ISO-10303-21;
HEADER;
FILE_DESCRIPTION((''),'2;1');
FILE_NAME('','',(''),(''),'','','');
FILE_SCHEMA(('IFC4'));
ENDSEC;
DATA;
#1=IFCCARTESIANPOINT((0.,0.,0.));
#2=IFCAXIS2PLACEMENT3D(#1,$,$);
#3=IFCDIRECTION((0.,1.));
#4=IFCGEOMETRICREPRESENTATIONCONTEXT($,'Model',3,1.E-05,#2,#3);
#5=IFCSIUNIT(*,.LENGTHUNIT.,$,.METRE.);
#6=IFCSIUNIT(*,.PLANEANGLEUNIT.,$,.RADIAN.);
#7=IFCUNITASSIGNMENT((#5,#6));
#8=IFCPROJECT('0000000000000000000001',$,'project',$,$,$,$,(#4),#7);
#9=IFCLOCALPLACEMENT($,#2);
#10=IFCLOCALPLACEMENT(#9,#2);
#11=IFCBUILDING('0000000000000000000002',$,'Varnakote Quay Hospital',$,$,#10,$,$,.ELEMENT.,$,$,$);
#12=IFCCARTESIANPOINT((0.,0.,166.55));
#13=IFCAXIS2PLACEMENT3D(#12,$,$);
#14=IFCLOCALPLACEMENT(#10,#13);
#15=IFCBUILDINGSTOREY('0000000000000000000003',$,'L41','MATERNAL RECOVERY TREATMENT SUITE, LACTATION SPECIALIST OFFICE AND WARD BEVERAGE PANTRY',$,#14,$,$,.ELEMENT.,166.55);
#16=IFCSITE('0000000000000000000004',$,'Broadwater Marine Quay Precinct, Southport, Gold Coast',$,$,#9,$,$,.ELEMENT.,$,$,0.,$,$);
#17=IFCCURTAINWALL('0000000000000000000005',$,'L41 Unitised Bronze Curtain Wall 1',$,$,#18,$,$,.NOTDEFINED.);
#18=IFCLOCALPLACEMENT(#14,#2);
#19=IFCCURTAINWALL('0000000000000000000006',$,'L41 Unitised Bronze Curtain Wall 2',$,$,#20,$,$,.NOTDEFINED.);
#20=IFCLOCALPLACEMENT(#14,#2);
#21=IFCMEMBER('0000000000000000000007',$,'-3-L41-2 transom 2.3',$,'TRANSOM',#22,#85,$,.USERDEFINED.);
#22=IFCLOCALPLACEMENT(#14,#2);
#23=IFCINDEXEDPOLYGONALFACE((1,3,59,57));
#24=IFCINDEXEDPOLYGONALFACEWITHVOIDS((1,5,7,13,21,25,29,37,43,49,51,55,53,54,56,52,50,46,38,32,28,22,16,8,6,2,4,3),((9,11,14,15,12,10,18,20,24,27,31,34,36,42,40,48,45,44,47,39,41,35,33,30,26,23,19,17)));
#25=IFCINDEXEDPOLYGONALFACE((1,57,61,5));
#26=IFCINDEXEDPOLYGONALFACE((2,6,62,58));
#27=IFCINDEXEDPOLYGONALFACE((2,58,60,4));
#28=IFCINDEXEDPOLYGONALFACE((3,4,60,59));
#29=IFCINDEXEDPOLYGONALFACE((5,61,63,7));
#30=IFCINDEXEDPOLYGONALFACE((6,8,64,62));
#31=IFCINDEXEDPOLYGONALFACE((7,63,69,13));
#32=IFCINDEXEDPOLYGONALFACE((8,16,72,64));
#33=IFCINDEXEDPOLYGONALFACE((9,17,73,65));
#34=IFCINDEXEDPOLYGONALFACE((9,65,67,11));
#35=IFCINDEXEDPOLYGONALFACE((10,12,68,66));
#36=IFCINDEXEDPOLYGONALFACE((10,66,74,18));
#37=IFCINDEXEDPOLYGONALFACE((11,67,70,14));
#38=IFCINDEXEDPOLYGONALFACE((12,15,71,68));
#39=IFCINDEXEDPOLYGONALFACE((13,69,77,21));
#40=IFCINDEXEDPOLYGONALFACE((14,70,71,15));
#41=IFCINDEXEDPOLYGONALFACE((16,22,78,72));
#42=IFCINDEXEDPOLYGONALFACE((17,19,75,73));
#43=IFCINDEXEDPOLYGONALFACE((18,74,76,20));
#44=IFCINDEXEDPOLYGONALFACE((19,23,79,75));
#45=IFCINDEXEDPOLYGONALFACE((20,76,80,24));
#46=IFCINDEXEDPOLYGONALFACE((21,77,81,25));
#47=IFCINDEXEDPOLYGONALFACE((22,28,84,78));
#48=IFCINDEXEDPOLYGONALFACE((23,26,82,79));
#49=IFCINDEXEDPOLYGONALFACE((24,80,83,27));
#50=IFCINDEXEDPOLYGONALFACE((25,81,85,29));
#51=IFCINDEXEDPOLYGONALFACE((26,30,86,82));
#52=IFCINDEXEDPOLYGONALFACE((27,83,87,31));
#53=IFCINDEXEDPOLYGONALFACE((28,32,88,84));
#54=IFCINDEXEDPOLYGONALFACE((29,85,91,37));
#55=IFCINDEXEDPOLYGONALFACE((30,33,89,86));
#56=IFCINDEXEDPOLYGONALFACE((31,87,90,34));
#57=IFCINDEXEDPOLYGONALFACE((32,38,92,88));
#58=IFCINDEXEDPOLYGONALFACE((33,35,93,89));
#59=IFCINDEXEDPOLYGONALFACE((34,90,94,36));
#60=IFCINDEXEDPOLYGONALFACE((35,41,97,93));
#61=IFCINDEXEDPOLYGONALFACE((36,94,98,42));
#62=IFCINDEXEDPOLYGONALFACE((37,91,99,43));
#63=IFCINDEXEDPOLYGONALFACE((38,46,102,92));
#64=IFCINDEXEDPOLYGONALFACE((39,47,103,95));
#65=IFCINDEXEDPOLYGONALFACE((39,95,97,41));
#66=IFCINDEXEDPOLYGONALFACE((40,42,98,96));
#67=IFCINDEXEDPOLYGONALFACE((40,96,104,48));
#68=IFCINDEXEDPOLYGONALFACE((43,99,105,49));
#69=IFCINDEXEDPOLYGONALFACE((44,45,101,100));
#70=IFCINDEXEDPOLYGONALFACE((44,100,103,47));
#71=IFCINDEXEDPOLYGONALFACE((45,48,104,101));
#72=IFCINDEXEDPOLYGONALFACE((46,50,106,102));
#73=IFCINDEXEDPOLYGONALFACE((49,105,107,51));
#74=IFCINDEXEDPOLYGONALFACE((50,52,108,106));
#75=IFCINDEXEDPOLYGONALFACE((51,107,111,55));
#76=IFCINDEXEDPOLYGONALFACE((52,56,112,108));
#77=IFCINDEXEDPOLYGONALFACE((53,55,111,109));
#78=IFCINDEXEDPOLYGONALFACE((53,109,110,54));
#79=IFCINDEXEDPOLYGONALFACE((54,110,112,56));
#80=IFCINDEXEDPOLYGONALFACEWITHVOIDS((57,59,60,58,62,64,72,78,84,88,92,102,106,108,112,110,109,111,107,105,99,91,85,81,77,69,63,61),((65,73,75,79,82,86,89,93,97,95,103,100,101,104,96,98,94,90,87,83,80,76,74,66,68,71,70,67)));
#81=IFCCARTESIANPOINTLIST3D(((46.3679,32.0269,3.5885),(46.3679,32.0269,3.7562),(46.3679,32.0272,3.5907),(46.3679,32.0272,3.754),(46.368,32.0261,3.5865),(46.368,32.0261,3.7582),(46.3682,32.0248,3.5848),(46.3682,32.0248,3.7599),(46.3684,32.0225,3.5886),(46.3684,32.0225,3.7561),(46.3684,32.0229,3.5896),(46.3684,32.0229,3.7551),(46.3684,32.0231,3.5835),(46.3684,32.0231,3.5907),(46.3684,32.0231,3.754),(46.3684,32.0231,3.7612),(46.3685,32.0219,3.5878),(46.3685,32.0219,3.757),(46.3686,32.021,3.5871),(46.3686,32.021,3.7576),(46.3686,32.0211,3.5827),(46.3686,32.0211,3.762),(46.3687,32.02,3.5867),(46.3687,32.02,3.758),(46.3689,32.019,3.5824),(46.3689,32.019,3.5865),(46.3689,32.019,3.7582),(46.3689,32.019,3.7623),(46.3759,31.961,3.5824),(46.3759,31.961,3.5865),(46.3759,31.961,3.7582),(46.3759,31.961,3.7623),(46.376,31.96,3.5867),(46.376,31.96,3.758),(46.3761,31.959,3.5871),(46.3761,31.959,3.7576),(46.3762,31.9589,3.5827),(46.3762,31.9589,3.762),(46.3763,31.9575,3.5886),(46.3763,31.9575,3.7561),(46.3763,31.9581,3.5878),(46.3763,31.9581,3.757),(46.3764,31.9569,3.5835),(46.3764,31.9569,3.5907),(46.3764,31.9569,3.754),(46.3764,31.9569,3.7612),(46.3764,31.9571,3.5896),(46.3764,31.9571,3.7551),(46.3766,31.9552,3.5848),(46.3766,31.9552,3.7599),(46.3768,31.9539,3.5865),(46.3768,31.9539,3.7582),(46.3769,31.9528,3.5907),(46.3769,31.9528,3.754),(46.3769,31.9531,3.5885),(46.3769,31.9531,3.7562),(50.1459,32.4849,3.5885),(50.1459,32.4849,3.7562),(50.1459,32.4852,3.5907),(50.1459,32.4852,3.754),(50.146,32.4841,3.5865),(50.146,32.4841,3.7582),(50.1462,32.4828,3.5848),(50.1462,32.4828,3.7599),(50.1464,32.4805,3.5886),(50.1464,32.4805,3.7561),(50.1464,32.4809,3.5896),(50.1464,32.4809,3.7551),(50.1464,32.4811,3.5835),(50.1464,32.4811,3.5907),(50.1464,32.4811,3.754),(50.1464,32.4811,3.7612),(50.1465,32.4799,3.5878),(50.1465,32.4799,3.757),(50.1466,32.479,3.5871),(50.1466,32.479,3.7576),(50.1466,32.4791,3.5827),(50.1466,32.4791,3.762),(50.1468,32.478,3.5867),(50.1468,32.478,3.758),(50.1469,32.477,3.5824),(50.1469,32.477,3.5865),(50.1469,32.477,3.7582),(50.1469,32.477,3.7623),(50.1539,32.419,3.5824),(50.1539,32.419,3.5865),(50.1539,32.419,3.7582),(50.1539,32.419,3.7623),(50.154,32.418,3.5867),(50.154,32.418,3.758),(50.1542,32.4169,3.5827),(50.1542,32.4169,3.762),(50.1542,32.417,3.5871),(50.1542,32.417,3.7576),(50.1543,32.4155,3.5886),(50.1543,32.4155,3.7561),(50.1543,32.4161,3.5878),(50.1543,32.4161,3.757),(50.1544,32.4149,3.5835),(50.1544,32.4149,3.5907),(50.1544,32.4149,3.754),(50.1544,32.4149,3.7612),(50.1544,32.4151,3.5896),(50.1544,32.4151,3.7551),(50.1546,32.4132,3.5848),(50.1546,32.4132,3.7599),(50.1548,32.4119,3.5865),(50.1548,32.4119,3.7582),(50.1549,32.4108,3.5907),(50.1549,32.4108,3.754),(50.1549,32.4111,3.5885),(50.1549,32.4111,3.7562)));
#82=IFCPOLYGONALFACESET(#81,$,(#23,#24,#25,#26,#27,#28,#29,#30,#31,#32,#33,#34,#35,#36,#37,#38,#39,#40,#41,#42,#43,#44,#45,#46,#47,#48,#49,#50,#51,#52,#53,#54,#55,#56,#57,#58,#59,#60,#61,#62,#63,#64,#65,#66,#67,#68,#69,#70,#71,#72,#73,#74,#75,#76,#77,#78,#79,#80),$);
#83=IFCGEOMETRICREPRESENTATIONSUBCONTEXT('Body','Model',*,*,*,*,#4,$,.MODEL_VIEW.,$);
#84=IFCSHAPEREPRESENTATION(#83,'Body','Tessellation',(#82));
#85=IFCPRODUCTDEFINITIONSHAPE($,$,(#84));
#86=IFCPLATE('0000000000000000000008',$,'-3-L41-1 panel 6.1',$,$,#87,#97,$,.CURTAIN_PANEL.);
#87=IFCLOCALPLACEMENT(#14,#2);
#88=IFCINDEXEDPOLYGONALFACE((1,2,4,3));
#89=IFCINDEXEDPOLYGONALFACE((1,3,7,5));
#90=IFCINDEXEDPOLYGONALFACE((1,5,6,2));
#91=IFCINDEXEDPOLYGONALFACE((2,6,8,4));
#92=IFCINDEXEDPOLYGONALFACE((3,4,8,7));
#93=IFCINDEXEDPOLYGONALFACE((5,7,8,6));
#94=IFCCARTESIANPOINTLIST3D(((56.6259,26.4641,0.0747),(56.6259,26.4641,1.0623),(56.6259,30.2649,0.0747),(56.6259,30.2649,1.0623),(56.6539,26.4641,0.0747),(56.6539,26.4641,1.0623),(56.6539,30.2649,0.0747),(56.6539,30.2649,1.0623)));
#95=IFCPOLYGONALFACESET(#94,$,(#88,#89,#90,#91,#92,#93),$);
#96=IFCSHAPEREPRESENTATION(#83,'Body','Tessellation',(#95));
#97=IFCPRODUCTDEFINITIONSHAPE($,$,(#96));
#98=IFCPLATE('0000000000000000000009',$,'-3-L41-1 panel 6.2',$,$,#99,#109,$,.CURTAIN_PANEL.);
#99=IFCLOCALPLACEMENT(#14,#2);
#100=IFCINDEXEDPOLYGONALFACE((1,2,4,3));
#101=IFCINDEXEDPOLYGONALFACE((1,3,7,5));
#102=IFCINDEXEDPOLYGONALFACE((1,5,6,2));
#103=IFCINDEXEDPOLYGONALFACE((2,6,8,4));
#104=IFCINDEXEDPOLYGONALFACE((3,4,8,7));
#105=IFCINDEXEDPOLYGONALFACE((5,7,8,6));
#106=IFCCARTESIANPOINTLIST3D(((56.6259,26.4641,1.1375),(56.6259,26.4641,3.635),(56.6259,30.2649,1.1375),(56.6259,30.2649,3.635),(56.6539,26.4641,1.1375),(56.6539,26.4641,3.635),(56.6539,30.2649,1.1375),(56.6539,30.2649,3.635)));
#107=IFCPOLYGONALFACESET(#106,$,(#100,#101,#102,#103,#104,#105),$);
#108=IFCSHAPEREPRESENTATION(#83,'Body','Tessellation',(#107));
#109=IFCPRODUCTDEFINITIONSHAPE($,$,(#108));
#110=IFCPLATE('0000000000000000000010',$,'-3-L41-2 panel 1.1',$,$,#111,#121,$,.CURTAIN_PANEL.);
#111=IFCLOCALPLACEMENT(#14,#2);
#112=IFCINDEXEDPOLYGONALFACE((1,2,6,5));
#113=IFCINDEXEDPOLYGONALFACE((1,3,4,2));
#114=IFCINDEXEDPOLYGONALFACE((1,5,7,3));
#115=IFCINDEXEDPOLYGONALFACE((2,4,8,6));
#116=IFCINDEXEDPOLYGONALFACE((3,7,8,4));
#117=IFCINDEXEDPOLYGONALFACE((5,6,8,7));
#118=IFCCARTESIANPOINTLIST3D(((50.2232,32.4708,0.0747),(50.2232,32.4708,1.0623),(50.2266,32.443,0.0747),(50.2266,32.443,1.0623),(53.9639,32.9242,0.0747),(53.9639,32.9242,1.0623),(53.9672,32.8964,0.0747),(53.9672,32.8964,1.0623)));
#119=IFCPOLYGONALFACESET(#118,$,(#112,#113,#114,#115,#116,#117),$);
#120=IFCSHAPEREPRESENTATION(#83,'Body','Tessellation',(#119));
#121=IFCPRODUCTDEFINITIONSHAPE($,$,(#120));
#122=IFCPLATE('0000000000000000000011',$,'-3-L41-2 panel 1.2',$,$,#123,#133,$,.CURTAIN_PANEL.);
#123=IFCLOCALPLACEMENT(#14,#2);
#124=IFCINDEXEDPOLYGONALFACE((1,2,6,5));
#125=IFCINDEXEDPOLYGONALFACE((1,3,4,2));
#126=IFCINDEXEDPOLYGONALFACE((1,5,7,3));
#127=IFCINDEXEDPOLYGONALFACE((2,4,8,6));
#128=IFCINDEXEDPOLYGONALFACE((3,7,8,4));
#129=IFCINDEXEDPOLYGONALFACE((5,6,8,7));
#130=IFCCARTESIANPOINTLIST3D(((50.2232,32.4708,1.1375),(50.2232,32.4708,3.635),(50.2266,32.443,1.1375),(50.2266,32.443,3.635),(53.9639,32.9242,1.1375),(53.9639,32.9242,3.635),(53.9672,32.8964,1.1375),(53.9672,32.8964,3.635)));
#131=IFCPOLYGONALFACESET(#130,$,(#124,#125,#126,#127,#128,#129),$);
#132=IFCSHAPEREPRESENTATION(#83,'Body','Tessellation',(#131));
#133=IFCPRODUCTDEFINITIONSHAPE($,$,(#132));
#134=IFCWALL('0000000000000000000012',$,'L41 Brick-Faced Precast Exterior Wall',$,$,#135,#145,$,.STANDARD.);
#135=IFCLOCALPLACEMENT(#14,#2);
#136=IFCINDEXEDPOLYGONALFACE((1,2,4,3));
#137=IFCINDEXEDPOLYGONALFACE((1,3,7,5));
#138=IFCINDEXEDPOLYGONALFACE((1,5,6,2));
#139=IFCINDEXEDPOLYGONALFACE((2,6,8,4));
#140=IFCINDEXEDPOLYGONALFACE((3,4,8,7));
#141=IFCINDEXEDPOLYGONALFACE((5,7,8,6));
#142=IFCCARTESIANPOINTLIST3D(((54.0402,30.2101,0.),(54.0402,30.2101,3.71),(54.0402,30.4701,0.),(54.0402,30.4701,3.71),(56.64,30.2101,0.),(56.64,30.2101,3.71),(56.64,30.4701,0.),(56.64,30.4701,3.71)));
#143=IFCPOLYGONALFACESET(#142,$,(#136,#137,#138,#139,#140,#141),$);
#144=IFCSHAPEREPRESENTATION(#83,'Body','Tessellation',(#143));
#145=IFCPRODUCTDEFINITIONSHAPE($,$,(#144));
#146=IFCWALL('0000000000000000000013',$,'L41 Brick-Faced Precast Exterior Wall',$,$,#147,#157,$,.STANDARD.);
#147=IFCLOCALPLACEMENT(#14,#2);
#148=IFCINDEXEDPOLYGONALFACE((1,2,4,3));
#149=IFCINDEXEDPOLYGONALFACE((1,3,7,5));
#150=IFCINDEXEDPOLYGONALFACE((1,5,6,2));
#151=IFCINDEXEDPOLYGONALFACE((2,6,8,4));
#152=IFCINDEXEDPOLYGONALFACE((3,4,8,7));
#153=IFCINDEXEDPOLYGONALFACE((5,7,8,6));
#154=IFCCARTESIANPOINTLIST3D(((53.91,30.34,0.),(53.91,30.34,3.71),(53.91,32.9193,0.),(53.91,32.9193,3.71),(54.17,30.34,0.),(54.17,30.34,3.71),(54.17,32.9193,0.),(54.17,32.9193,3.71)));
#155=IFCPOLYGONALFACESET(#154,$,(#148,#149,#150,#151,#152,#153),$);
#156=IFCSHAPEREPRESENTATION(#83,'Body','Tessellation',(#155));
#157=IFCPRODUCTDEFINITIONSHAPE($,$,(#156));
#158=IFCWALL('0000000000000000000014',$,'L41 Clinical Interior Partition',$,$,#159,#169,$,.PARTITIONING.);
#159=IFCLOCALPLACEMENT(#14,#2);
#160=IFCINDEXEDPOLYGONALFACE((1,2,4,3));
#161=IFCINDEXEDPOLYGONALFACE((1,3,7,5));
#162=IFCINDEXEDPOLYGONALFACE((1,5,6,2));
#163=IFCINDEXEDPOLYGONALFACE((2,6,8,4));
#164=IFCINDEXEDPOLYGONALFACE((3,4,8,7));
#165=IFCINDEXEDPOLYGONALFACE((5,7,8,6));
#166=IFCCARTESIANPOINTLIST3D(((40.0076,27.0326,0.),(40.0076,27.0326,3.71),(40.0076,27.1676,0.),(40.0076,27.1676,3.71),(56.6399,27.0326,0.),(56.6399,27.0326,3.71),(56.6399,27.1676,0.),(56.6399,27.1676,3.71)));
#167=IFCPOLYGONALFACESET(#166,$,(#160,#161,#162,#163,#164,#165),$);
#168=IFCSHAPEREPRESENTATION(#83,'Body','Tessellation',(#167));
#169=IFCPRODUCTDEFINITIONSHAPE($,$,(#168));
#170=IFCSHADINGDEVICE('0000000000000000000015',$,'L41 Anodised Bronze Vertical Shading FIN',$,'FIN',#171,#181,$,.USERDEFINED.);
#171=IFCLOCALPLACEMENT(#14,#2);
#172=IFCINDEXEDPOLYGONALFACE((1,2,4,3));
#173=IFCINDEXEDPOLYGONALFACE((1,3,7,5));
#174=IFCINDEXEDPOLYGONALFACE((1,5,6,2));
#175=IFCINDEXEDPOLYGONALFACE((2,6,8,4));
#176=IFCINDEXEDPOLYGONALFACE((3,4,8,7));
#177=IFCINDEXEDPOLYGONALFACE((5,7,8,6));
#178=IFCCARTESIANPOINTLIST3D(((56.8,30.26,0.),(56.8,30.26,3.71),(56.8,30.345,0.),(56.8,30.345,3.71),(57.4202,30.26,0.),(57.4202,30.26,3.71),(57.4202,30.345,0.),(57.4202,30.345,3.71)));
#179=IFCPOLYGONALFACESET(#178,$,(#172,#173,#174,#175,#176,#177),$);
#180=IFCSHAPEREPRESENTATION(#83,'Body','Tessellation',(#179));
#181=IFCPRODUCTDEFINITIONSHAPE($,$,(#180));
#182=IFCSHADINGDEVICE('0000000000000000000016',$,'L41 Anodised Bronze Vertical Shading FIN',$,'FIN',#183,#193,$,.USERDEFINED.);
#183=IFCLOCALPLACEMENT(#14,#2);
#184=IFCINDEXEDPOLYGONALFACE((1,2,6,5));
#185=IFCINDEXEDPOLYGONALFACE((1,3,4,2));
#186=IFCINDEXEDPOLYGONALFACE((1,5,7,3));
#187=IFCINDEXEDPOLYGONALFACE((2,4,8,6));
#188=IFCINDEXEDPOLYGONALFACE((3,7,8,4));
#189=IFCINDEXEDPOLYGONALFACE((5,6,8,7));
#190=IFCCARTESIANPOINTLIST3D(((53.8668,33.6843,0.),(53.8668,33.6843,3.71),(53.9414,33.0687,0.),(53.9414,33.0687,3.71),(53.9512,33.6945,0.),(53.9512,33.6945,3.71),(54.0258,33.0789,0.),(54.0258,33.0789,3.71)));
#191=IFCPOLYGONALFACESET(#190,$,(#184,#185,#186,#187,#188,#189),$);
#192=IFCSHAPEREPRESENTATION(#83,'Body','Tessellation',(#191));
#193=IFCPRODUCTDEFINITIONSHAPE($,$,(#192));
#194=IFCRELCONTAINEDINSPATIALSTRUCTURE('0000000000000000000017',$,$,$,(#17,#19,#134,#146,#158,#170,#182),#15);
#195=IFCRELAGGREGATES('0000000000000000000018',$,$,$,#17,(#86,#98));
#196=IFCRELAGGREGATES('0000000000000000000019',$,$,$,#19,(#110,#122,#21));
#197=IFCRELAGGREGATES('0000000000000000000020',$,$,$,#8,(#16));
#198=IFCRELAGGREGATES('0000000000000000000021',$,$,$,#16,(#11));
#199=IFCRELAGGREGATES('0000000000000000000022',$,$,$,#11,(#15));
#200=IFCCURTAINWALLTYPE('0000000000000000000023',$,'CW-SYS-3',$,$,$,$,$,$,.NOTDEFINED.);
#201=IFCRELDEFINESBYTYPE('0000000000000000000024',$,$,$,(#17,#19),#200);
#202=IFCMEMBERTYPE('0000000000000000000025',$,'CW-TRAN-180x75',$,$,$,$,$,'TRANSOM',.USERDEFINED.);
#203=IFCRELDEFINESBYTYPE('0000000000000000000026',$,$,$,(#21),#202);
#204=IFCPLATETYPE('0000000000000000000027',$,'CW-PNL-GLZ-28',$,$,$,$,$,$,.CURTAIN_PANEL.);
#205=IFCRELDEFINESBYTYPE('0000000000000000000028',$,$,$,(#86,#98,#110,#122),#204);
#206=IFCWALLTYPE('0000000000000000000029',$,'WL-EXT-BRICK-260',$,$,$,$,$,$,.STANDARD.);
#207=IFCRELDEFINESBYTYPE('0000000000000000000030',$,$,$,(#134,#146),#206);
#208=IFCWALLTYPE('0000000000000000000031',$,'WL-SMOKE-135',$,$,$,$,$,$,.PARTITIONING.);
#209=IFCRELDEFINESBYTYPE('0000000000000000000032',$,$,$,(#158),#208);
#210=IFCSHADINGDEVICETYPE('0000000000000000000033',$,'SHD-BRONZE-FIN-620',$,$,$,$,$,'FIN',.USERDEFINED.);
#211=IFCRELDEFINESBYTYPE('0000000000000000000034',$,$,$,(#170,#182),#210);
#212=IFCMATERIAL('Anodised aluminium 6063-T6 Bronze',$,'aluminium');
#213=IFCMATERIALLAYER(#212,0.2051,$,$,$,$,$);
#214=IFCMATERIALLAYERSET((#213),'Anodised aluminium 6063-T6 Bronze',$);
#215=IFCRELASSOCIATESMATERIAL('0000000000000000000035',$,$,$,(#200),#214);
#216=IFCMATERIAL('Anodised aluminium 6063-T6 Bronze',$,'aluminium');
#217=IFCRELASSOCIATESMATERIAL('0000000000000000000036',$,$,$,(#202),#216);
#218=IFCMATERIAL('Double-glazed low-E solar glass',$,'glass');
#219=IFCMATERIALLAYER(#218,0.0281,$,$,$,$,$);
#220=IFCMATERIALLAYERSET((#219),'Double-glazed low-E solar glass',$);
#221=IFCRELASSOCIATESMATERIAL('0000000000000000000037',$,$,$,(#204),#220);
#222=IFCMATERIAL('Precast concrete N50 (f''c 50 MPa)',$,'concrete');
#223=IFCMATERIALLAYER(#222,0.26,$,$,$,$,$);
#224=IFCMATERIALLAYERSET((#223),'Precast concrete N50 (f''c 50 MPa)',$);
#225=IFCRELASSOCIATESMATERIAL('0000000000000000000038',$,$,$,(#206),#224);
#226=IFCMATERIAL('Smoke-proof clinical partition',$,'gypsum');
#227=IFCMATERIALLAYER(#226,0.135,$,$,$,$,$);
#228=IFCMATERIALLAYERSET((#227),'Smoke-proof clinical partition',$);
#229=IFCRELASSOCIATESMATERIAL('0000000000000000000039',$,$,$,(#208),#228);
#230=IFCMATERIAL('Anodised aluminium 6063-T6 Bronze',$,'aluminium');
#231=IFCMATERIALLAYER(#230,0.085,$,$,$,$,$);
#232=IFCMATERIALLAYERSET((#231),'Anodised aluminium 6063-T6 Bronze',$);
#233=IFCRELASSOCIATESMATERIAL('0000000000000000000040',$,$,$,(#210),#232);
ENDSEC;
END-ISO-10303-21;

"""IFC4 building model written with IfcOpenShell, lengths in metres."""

from ifc_helpers import new_model, si_unit, direction, frame, frame_2d, origin, origin_2d, place, context, subcontext, project, spatial, rectangle, hollow_rectangle, extrude, material, layer, layer_set, material_profile, profile_set, type_object, element, aggregate, save


model = new_model("IFC4")

# Units and contexts
model_context = context("Model", 3, precision=1e-05, world=origin(), true_north=direction((0.0, 1.0)))
body_context = subcontext(model_context, "Body", "Model", "MODEL_VIEW")
ifc_project = project(units=[si_unit("LENGTHUNIT", "METRE"), si_unit("PLANEANGLEUNIT", "RADIAN")], contexts=[model_context])

# Site, building, storey
site_placement = place(None, origin())
site = spatial("IfcSite", under=ifc_project, at=site_placement, Name="Broadwater Marine Quay Precinct, Southport, Gold Coast", CompositionType="ELEMENT", RefElevation=0.0)
building_placement = place(site_placement, origin())
building = spatial("IfcBuilding", under=site, at=building_placement, Name="Varnakote Quay Hospital", CompositionType="ELEMENT")
storey_placement = place(building_placement, frame((0.0, 0.0, 166.55)))
storey = spatial("IfcBuildingStorey", under=building, at=storey_placement, Name="L41", Description="MATERNAL RECOVERY TREATMENT SUITE, LACTATION SPECIALIST OFFICE AND WARD BEVERAGE PANTRY", CompositionType="ELEMENT", Elevation=166.55)

# Curtain wall
ifc_material_1 = material(Name="Anodised aluminium 6063-T6 Bronze", Category="aluminium")
ifc_layer_1 = layer(ifc_material_1, 0.2051)
ifc_layer_set_1 = layer_set([ifc_layer_1], Name="Anodised aluminium 6063-T6 Bronze")
curtain_wall_type = type_object("IfcCurtainWallType", Name="CW-SYS-3", PredefinedType="NOTDEFINED", material=ifc_layer_set_1)
curtain_wall_1_placement = place(storey_placement, origin())
curtain_wall_1 = element("IfcCurtainWall", 1, at=curtain_wall_1_placement, inside=storey, type_object=curtain_wall_type, Name="L41 Unitised Bronze Curtain Wall 1", PredefinedType="NOTDEFINED")

# Curtain wall, member
curtain_wall_2_placement = place(storey_placement, origin())
curtain_wall_2 = element("IfcCurtainWall", 2, at=curtain_wall_2_placement, inside=storey, type_object=curtain_wall_type, Name="L41 Unitised Bronze Curtain Wall 2", PredefinedType="NOTDEFINED")
ifc_material_2 = material(Name="Anodised aluminium 6063-T6 Bronze", Category="aluminium")
ifc_material_profile_1 = material_profile(ifc_material_2, hollow_rectangle(XDim=0.075, YDim=0.1799, WallThickness=0.0042, InnerFilletRadius=0.0042, OuterFilletRadius=0.0083, at=origin_2d()), Name="CW-TRAN-180x75")
ifc_profile_set_1 = profile_set([ifc_material_profile_1], Name="Anodised aluminium 6063-T6 Bronze")
member_type_1 = type_object("IfcMemberType", Name="CW-TRAN-180x75", ElementType="TRANSOM", PredefinedType="USERDEFINED", material=ifc_profile_set_1)
member_1_placement = place(storey_placement, frame((50.1504, 32.448, 3.6724), z_axis=(-0.992732, -0.120347, 0.0), x_axis=(0.120347, -0.992732, 0.0)))
member_1 = element("IfcMember", 3, at=member_1_placement, type_object=member_type_1, Name="-3-L41-2 transom 2.3", ObjectType="TRANSOM", PredefinedType="USERDEFINED", context=body_context, shape_type="SweptSolid", body=[
    extrude(hollow_rectangle(XDim=0.075, YDim=0.1799, WallThickness=0.0042, InnerFilletRadius=0.0042, OuterFilletRadius=0.0083, at=origin_2d()), origin(), (0.0, 0.0, 1.0), 3.8057),
])

# Plates
ifc_material_3 = material(Name="Double-glazed low-E solar glass", Category="glass")
ifc_layer_2 = layer(ifc_material_3, 0.0281)
ifc_layer_set_2 = layer_set([ifc_layer_2], Name="Double-glazed low-E solar glass")
plate_type = type_object("IfcPlateType", Name="CW-PNL-GLZ-28", PredefinedType="CURTAIN_PANEL", material=ifc_layer_set_2)
plate_1_placement = place(storey_placement, frame((56.6399, 28.3645, 0.0747), z_axis=(0.0, 0.0, 1.0), x_axis=(0.0, 1.0, 0.0)))
plate_1 = element("IfcPlate", 4, at=plate_1_placement, type_object=plate_type, Name="-3-L41-1 panel 6.1", PredefinedType="CURTAIN_PANEL", context=body_context, shape_type="SweptSolid", body=[
    extrude(rectangle(XDim=3.8008, YDim=0.0281, at=origin_2d()), origin(), (0.0, 0.0, 1.0), 0.9875),
])
plate_2_placement = place(storey_placement, frame((56.6399, 28.3645, 1.1375), z_axis=(0.0, 0.0, 1.0), x_axis=(0.0, 1.0, 0.0)))
plate_2 = element("IfcPlate", 5, at=plate_2_placement, type_object=plate_type, Name="-3-L41-1 panel 6.2", PredefinedType="CURTAIN_PANEL", context=body_context, shape_type="SweptSolid", body=[
    extrude(rectangle(XDim=3.8008, YDim=0.0281, at=origin_2d()), origin(), (0.0, 0.0, 1.0), 2.4976),
])
aggregate(curtain_wall_1, [plate_1, plate_2])
plate_3_placement = place(storey_placement, frame((52.0952, 32.6836, 0.0747), z_axis=(0.0, 0.0, 1.0), x_axis=(-0.992734, -0.120327, 0.0)))
plate_3 = element("IfcPlate", 6, at=plate_3_placement, type_object=plate_type, Name="-3-L41-2 panel 1.1", PredefinedType="CURTAIN_PANEL", context=body_context, shape_type="SweptSolid", body=[
    extrude(rectangle(XDim=3.7681, YDim=0.0281, at=origin_2d()), origin(), (0.0, 0.0, 1.0), 0.9875),
])
plate_4_placement = place(storey_placement, frame((52.0952, 32.6836, 1.1375), z_axis=(0.0, 0.0, 1.0), x_axis=(-0.992734, -0.120327, 0.0)))
plate_4 = element("IfcPlate", 7, at=plate_4_placement, type_object=plate_type, Name="-3-L41-2 panel 1.2", PredefinedType="CURTAIN_PANEL", context=body_context, shape_type="SweptSolid", body=[
    extrude(rectangle(XDim=3.7681, YDim=0.0281, at=origin_2d()), origin(), (0.0, 0.0, 1.0), 2.4976),
])
aggregate(curtain_wall_2, [plate_3, plate_4, member_1])

# Walls
ifc_material_4 = material(Name="Precast concrete N50 (f'c 50 MPa)", Category="concrete")
ifc_layer_3 = layer(ifc_material_4, 0.26)
ifc_layer_set_3 = layer_set([ifc_layer_3], Name="Precast concrete N50 (f'c 50 MPa)")
wall_type_1 = type_object("IfcWallType", Name="WL-EXT-BRICK-260", PredefinedType="STANDARD", material=ifc_layer_set_3)
wall_1_placement = place(storey_placement, frame((56.6399, 30.3401, 0.0), z_axis=(0.0, 0.0, 1.0), x_axis=(-1.0, 0.0, 0.0)))
element("IfcWall", 8, at=wall_1_placement, inside=storey, type_object=wall_type_1, Name="L41 Brick-Faced Precast Exterior Wall", PredefinedType="STANDARD", context=body_context, shape_type="SweptSolid", body=[
    extrude(rectangle(XDim=2.5999, YDim=0.26, at=frame_2d((1.2998, 0.0))), origin(), (0.0, 0.0, 1.0), 3.71),
])
wall_2_placement = place(storey_placement, frame((54.04, 30.3401, 0.0), z_axis=(0.0, 0.0, 1.0), x_axis=(0.0, 1.0, 0.0)))
element("IfcWall", 9, at=wall_2_placement, inside=storey, type_object=wall_type_1, Name="L41 Brick-Faced Precast Exterior Wall", PredefinedType="STANDARD", context=body_context, shape_type="SweptSolid", body=[
    extrude(rectangle(XDim=2.5793, YDim=0.26, at=frame_2d((1.2896, 0.0))), origin(), (0.0, 0.0, 1.0), 3.71),
])
ifc_material_5 = material(Name="Smoke-proof clinical partition", Category="gypsum")
ifc_layer_4 = layer(ifc_material_5, 0.135)
ifc_layer_set_4 = layer_set([ifc_layer_4], Name="Smoke-proof clinical partition")
wall_type_2 = type_object("IfcWallType", Name="WL-SMOKE-135", PredefinedType="PARTITIONING", material=ifc_layer_set_4)
wall_3_placement = place(storey_placement, frame((56.6399, 27.1001, 0.0), z_axis=(0.0, 0.0, 1.0), x_axis=(-1.0, 0.0, 0.0)))
element("IfcWall", 10, at=wall_3_placement, inside=storey, type_object=wall_type_2, Name="L41 Clinical Interior Partition", PredefinedType="PARTITIONING", context=body_context, shape_type="SweptSolid", body=[
    extrude(rectangle(XDim=16.6323, YDim=0.135, at=frame_2d((8.3162, 0.0))), origin(), (0.0, 0.0, 1.0), 3.71),
])

# Shading devices
ifc_material_6 = material(Name="Anodised aluminium 6063-T6 Bronze", Category="aluminium")
ifc_layer_5 = layer(ifc_material_6, 0.085)
ifc_layer_set_5 = layer_set([ifc_layer_5], Name="Anodised aluminium 6063-T6 Bronze")
shading_device_type = type_object("IfcShadingDeviceType", Name="SHD-BRONZE-FIN-620", ElementType="FIN", PredefinedType="USERDEFINED", material=ifc_layer_set_5)
for number, where, z_axis, x_axis, name in (
    (11, (57.1101, 30.3025, 0.0), (0.0, 0.0, 1.0), (-1.0, 0.0, 0.0), "L41 Anodised Bronze Vertical Shading FIN"),
    (12, (53.9463, 33.3816, 0.0), (0.0, 0.0, 1.0), (0.12031, -0.992736, 0.0), "L41 Anodised Bronze Vertical Shading FIN"),
):
    element("IfcShadingDevice", number, at=place(storey_placement, frame(where, z_axis=z_axis, x_axis=x_axis)), inside=storey, type_object=shading_device_type, Name=name, ObjectType="FIN", PredefinedType="USERDEFINED", context=body_context, shape_type="SweptSolid", body=[
        extrude(rectangle(XDim=0.6201, YDim=0.085, at=origin_2d()), origin(), (0.0, 0.0, 1.0), 3.71),
    ])

save(model, "model.ifc")
